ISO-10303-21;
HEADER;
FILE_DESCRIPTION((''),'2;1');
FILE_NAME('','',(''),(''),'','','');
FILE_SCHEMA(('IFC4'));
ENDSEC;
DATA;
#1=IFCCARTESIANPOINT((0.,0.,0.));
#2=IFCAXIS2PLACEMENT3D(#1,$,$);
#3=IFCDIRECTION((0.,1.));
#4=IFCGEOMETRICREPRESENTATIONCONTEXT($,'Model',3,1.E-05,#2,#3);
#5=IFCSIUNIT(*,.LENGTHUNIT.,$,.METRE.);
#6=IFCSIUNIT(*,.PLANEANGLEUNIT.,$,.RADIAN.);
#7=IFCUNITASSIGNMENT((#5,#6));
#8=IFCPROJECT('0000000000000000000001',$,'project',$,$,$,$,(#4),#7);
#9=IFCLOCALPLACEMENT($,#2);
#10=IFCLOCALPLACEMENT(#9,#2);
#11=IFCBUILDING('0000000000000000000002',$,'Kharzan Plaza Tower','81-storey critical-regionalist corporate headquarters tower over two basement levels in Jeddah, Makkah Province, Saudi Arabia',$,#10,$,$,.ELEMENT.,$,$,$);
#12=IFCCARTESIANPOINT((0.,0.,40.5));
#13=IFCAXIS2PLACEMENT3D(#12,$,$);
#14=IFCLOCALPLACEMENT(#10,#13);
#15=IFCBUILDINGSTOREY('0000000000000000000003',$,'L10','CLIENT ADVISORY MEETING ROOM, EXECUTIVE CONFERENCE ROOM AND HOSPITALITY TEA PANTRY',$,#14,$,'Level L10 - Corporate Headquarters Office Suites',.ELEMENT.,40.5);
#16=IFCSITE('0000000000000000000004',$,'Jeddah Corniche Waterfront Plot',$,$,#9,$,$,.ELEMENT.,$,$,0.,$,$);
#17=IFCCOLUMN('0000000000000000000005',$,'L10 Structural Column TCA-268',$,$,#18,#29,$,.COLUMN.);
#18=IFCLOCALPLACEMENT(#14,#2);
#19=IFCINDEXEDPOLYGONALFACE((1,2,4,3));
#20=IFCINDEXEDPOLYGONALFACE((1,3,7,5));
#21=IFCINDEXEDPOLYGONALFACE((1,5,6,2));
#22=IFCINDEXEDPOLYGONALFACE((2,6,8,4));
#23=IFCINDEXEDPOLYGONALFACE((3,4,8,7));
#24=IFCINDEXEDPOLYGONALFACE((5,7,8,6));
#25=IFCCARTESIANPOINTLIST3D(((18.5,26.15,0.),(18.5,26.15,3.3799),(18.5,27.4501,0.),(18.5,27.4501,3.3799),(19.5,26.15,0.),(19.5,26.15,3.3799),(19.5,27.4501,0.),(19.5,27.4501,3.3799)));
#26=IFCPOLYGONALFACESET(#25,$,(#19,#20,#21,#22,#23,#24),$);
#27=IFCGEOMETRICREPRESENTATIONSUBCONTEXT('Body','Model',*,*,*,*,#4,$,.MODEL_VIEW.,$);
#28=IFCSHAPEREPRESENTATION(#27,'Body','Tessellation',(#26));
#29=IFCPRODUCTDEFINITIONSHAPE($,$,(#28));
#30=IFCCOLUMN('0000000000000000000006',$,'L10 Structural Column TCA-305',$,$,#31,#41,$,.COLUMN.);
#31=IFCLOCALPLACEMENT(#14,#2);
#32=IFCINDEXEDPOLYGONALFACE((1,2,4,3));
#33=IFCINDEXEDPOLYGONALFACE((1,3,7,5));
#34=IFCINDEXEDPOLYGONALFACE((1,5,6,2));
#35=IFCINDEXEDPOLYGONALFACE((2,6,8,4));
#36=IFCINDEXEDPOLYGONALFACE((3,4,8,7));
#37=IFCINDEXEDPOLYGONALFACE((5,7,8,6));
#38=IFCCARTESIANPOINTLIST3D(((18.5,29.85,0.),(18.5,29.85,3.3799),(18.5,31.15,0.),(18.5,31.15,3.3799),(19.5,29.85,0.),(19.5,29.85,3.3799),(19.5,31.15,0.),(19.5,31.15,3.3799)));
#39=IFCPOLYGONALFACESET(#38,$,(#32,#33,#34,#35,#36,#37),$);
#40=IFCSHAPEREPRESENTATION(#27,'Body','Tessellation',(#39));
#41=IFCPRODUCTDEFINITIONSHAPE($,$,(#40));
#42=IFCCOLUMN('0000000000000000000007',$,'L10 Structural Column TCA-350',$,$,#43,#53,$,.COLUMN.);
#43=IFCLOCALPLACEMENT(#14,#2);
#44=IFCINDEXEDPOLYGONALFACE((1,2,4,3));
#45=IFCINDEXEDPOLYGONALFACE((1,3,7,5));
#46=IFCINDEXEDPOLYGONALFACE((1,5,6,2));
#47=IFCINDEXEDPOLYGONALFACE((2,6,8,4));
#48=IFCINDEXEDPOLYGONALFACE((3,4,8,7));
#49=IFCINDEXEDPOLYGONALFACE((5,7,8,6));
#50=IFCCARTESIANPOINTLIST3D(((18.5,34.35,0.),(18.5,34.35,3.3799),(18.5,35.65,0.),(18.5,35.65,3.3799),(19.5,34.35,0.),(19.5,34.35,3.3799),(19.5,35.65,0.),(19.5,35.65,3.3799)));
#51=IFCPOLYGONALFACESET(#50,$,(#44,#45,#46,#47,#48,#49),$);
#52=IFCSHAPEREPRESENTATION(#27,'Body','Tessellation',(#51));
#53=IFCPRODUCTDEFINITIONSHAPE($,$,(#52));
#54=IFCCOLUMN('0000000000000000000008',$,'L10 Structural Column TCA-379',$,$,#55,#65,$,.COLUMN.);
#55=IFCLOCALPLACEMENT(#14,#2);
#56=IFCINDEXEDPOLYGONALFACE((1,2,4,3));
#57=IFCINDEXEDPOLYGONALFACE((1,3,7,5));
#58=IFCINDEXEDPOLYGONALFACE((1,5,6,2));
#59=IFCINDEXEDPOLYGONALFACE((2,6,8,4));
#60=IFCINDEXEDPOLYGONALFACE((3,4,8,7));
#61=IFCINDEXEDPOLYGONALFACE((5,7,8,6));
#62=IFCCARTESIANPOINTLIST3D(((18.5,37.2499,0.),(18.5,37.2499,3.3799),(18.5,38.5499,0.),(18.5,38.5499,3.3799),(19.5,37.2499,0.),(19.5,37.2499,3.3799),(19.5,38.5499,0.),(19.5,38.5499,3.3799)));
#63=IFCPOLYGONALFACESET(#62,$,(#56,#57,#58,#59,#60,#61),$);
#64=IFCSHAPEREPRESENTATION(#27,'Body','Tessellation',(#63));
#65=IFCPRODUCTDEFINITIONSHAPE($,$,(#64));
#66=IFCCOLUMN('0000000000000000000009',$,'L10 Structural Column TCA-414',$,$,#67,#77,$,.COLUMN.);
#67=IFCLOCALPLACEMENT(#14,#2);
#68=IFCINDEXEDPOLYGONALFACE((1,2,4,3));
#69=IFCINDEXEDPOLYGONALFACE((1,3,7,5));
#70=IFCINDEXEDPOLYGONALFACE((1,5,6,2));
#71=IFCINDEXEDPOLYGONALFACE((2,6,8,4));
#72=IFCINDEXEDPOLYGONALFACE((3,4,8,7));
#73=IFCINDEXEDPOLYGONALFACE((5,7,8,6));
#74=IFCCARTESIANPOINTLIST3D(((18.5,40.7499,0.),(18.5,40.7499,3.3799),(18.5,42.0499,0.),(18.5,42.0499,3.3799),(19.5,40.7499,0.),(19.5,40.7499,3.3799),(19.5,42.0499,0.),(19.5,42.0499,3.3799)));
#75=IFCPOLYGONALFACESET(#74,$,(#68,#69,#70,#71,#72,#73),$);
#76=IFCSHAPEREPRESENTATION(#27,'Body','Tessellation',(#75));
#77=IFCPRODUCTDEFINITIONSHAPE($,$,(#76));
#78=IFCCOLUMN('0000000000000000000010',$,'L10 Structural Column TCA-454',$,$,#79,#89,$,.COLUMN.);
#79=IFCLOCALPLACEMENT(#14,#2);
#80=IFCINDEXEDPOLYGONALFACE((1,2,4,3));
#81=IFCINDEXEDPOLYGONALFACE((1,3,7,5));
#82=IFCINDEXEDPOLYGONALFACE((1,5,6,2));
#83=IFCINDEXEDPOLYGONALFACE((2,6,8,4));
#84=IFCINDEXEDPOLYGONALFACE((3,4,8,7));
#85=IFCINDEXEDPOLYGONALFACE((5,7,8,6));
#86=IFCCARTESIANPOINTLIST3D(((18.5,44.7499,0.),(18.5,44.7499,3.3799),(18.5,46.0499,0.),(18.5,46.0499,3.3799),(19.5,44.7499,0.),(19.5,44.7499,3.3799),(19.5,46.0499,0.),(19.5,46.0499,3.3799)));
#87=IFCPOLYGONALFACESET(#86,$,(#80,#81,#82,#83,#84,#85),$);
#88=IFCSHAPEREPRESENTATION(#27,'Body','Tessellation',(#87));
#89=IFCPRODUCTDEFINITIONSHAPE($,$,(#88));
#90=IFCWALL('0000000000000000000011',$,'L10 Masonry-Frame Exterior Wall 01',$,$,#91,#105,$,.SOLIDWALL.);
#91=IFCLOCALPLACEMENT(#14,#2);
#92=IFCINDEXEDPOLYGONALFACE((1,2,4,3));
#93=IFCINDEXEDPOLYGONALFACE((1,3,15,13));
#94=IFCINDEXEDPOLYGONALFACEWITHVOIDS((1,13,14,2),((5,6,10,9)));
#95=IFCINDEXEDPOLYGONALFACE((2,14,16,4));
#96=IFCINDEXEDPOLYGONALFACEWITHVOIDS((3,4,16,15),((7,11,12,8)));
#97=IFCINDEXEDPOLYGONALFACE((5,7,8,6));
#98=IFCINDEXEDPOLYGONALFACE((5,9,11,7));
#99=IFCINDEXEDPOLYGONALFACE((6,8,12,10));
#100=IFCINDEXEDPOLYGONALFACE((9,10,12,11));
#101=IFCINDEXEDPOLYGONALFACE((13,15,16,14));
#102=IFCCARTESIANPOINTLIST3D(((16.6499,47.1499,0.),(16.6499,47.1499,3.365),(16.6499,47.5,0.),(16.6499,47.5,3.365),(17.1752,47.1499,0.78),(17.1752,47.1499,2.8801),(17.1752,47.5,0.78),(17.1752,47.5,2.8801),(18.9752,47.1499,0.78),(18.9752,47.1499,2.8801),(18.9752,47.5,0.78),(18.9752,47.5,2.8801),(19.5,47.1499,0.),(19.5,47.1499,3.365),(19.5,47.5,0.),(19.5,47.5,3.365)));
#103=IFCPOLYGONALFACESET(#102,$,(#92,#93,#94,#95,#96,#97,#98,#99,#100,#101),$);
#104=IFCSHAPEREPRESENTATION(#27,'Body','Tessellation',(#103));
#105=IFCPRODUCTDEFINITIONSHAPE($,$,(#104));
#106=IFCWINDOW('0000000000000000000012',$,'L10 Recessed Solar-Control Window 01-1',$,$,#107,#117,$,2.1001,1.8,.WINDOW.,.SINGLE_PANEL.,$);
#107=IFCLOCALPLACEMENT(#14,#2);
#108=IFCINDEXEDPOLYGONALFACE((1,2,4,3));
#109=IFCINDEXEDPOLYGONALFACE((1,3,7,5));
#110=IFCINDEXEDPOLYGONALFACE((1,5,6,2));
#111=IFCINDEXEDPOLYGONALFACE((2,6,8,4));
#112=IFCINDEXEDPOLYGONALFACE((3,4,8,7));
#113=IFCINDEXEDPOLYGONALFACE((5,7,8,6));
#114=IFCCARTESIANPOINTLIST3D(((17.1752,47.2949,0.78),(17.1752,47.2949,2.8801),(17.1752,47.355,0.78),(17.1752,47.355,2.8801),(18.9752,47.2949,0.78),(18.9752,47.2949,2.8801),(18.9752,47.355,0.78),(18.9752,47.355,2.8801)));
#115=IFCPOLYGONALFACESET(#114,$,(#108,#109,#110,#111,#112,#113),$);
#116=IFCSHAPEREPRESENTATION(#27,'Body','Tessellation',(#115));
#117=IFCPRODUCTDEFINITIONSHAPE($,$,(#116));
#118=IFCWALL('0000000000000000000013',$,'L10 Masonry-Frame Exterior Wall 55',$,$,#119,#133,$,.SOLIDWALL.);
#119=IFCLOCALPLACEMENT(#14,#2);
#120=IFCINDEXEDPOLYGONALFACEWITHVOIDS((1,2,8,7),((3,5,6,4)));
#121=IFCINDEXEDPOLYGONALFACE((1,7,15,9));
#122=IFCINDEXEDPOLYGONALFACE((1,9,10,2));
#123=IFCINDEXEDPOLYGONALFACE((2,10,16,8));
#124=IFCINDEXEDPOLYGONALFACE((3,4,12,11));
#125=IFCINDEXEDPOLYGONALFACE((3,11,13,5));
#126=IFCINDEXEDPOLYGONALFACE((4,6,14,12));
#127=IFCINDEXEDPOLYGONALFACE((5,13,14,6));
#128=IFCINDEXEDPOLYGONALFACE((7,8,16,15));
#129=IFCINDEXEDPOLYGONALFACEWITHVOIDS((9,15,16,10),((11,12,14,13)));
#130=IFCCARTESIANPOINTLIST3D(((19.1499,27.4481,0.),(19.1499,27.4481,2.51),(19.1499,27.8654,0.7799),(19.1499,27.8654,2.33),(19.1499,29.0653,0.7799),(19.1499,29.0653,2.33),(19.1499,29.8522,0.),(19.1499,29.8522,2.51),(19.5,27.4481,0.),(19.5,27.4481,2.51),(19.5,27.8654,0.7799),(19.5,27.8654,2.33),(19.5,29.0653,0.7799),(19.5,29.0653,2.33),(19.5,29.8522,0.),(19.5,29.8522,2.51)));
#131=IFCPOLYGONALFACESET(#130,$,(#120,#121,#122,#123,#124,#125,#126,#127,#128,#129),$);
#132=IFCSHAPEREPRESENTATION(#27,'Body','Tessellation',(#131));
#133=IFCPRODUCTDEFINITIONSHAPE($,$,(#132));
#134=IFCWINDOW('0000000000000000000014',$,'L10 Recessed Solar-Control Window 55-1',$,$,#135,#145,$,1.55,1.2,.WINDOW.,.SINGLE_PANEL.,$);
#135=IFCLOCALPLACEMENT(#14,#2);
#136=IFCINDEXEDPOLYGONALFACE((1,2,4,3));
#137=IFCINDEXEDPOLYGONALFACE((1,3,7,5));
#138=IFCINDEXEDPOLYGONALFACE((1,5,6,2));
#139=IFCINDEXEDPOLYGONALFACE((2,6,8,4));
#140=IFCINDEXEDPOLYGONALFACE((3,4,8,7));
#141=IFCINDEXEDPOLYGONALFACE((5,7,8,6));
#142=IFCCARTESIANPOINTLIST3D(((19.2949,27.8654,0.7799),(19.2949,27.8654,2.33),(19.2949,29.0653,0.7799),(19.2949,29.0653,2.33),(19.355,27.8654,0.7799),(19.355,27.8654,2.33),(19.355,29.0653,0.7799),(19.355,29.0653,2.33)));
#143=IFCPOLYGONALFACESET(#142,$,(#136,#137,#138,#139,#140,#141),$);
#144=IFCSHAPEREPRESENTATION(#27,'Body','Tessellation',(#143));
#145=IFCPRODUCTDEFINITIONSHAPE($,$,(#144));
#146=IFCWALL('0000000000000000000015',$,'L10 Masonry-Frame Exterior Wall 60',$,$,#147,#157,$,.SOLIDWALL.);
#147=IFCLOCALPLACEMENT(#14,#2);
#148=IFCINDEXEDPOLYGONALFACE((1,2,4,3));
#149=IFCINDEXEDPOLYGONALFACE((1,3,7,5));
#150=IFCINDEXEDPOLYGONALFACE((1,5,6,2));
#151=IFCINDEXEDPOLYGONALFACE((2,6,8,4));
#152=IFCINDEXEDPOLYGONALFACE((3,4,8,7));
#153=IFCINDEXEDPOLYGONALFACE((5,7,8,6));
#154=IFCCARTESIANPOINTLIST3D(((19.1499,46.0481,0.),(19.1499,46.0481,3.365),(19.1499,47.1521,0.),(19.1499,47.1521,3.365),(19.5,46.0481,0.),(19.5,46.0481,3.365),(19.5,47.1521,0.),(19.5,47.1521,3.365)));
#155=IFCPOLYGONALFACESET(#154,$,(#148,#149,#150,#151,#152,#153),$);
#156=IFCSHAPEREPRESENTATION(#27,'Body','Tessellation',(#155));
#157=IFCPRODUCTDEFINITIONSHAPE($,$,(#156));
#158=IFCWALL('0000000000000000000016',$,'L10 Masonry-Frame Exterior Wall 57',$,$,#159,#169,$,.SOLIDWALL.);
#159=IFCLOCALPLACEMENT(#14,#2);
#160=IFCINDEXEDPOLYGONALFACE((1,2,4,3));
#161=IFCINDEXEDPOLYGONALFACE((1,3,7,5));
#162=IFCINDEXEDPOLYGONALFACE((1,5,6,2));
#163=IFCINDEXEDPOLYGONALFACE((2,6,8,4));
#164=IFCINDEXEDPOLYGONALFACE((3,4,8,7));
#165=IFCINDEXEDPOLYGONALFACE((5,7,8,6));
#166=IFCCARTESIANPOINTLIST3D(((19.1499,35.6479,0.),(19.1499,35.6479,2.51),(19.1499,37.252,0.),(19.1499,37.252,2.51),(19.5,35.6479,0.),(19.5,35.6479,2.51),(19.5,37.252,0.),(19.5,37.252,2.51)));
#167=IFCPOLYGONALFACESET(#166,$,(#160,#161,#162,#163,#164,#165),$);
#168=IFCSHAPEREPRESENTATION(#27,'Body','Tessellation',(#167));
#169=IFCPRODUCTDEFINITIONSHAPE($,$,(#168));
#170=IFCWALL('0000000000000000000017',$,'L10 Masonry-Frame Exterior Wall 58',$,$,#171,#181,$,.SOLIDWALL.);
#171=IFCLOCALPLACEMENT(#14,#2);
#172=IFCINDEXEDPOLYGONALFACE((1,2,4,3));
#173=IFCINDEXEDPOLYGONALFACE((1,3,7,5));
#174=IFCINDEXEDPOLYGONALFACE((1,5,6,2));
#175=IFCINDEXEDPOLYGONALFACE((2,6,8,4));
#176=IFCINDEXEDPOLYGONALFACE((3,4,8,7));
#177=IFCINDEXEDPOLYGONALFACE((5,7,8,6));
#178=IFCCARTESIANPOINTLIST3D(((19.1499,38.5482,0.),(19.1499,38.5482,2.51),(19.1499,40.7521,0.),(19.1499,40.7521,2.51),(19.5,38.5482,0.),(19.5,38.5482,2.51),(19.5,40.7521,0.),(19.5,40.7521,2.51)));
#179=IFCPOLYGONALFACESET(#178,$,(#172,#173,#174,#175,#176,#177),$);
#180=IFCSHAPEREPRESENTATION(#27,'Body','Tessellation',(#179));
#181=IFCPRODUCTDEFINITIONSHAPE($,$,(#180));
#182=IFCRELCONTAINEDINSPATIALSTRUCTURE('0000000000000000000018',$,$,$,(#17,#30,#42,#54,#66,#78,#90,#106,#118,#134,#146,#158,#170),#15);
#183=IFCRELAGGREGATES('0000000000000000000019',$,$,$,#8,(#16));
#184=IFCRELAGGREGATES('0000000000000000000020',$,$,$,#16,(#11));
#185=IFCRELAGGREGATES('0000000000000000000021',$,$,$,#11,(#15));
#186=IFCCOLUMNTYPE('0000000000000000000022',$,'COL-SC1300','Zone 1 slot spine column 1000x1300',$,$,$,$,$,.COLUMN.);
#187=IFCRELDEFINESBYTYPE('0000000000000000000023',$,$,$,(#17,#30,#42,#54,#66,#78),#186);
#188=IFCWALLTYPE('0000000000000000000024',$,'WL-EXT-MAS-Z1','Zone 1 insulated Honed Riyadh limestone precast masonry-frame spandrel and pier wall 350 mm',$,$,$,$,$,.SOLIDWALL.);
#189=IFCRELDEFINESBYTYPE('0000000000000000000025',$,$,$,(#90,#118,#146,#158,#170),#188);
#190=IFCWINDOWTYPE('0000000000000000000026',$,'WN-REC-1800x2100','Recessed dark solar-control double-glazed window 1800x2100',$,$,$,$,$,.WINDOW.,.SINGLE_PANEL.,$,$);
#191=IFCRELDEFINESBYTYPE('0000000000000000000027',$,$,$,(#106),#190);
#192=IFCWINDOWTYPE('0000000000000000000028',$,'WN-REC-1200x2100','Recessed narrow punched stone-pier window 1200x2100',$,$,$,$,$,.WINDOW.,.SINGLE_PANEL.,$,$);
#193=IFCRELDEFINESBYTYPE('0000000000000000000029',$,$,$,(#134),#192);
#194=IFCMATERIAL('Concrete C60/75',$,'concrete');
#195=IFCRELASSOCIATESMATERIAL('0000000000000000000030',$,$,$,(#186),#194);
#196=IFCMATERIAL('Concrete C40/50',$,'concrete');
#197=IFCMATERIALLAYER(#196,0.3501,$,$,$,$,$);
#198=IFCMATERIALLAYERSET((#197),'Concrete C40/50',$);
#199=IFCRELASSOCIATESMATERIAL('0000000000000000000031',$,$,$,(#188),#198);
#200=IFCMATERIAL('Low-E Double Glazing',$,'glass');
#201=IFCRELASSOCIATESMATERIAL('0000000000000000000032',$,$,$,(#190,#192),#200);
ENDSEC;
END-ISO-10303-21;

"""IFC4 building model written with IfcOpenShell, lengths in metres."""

from ifc_helpers import new_model, si_unit, direction, frame, frame_2d, origin, origin_2d, place, context, subcontext, project, spatial, rectangle, extrude, source, transform, mapped, material, layer, layer_set, material_profile, profile_set, type_object, element, fill, save


model = new_model("IFC4")

# Units and contexts
model_context = context("Model", 3, precision=1e-05, world=origin(), true_north=direction((0.0, 1.0)))
body_context = subcontext(model_context, "Body", "Model", "MODEL_VIEW")
ifc_project = project(units=[si_unit("LENGTHUNIT", "METRE"), si_unit("PLANEANGLEUNIT", "RADIAN")], contexts=[model_context])

# Site, building, storey
site_placement = place(None, origin())
site = spatial("IfcSite", under=ifc_project, at=site_placement, Name="Jeddah Corniche Waterfront Plot", CompositionType="ELEMENT", RefElevation=0.0)
building_placement = place(site_placement, origin())
building = spatial("IfcBuilding", under=site, at=building_placement, Name="Kharzan Plaza Tower", Description="81-storey critical-regionalist corporate headquarters tower over two basement levels in Jeddah, Makkah Province, Saudi Arabia", CompositionType="ELEMENT")
storey_placement = place(building_placement, frame((0.0, 0.0, 40.5)))
storey = spatial("IfcBuildingStorey", under=building, at=storey_placement, Name="L10", Description="CLIENT ADVISORY MEETING ROOM, EXECUTIVE CONFERENCE ROOM AND HOSPITALITY TEA PANTRY", LongName="Level L10 - Corporate Headquarters Office Suites", CompositionType="ELEMENT", Elevation=40.5)

# Columns
ifc_material_1 = material(Name="Concrete C60/75", Category="concrete")
ifc_material_profile = material_profile(ifc_material_1, rectangle(XDim=1.0, YDim=1.3, at=origin_2d()), Name="RC-SC1300x1000")
ifc_profile_set = profile_set([ifc_material_profile], Name="Concrete C60/75")
column_type = type_object("IfcColumnType", Name="COL-SC1300", Description="Zone 1 slot spine column 1000x1300", PredefinedType="COLUMN", material=ifc_profile_set)
shared_shape_1 = source(origin(), body_context, "Body", "SweptSolid", [
    extrude(rectangle(XDim=1.0, YDim=1.3, at=origin_2d()), origin(), (0.0, 0.0, 1.0), 3.3799),
])
for number, where, z_axis, x_axis, name in (
    (1, (19.0, 26.8, 0.0), (0.0, 0.0, 1.0), (1.0, 0.0, 0.0), "L10 Structural Column TCA-268"),
    (2, (19.0, 30.5, 0.0), (0.0, 0.0, 1.0), (1.0, 0.0, 0.0), "L10 Structural Column TCA-305"),
    (3, (19.0, 35.0, 0.0), (0.0, 0.0, 1.0), (1.0, 0.0, 0.0), "L10 Structural Column TCA-350"),
    (4, (19.0, 37.8999, 0.0), (0.0, 0.0, 1.0), (1.0, 0.0, 0.0), "L10 Structural Column TCA-379"),
    (5, (19.0, 41.3999, 0.0), (0.0, 0.0, 1.0), (1.0, 0.0, 0.0), "L10 Structural Column TCA-414"),
    (6, (19.0, 45.3999, 0.0), (0.0, 0.0, 1.0), (1.0, 0.0, 0.0), "L10 Structural Column TCA-454"),
):
    element("IfcColumn", number, at=place(storey_placement, frame(where, z_axis=z_axis, x_axis=x_axis)), inside=storey, type_object=column_type, Name=name, PredefinedType="COLUMN", context=body_context, shape_type="MappedRepresentation", body=[
        mapped(shared_shape_1, transform((0.0, 0.0, 0.0), x_axis=(1.0, 0.0, 0.0), y_axis=(0.0, 1.0, 0.0), z_axis=(0.0, 0.0, 1.0))),
    ])

# Walls, openings, windows
ifc_material_2 = material(Name="Concrete C40/50", Category="concrete")
ifc_layer_1 = layer(ifc_material_2, 0.3501)
ifc_layer_set_1 = layer_set([ifc_layer_1], Name="Concrete C40/50")
wall_type = type_object("IfcWallType", Name="WL-EXT-MAS-Z1", Description="Zone 1 insulated Honed Riyadh limestone precast masonry-frame spandrel and pier wall 350 mm", PredefinedType="SOLIDWALL", material=ifc_layer_set_1)
wall_1_placement = place(storey_placement, frame((19.5, 47.325, 0.0), z_axis=(0.0, 0.0, 1.0), x_axis=(-1.0, 0.0, 0.0)))
wall_1 = element("IfcWall", 7, at=wall_1_placement, inside=storey, type_object=wall_type, Name="L10 Masonry-Frame Exterior Wall 01", PredefinedType="SOLIDWALL", context=body_context, shape_type="SweptSolid", body=[
    extrude(rectangle(XDim=2.8501, YDim=0.3501, at=frame_2d((1.425, 0.0))), origin(), (0.0, 0.0, 1.0), 3.365),
])
opening_1_placement = place(wall_1_placement, frame((0.5249, 0.0, 0.78)))
opening_1 = element("IfcOpeningElement", 8, at=opening_1_placement, cuts=wall_1, PredefinedType="OPENING", context=body_context, shape_type="SweptSolid", body=[
    extrude(rectangle(XDim=1.8, YDim=2.1001, at=frame_2d((0.8999, 1.05))), frame((0.0, 0.1851, 0.0), z_axis=(0.0, -1.0, 0.0), x_axis=(1.0, 0.0, 0.0)), (0.0, 0.0, 1.0), 0.3701),
])
ifc_material_3 = material(Name="Low-E Double Glazing", Category="glass")
window_type_1 = type_object("IfcWindowType", Name="WN-REC-1800x2100", Description="Recessed dark solar-control double-glazed window 1800x2100", PartitioningType="SINGLE_PANEL", PredefinedType="WINDOW", material=ifc_material_3)
shared_shape_2 = source(origin(), body_context, "Body", "SweptSolid", [
    extrude(rectangle(XDim=1.8, YDim=2.1001, at=frame_2d((0.8999, 1.05))), frame((0.0, 0.03, 0.0), z_axis=(0.0, -1.0, 0.0), x_axis=(1.0, 0.0, 0.0)), (0.0, 0.0, 1.0), 0.0601),
])
window_1_placement = place(opening_1_placement, origin())
window_1 = element("IfcWindow", 9, at=window_1_placement, inside=storey, type_object=window_type_1, Name="L10 Recessed Solar-Control Window 01-1", OverallHeight=2.1001, OverallWidth=1.8, PartitioningType="SINGLE_PANEL", PredefinedType="WINDOW", context=body_context, shape_type="MappedRepresentation", body=[
    mapped(shared_shape_2, transform((0.0, 0.0, 0.0), x_axis=(1.0, 0.0, 0.0), y_axis=(0.0, 1.0, 0.0), z_axis=(0.0, 0.0, 1.0))),
])
fill(opening_1, window_1)
wall_2_placement = place(storey_placement, frame((19.325, 27.448, 0.0), z_axis=(0.0, 0.0, 1.0), x_axis=(0.0, 1.0, 0.0)))
wall_2 = element("IfcWall", 10, at=wall_2_placement, inside=storey, type_object=wall_type, Name="L10 Masonry-Frame Exterior Wall 55", PredefinedType="SOLIDWALL", context=body_context, shape_type="SweptSolid", body=[
    extrude(rectangle(XDim=2.4041, YDim=0.3501, at=frame_2d((1.2021, 0.0))), origin(), (0.0, 0.0, 1.0), 2.51),
])
opening_2_placement = place(wall_2_placement, frame((0.4172, 0.0, 0.78)))
opening_2 = element("IfcOpeningElement", 11, at=opening_2_placement, cuts=wall_2, PredefinedType="OPENING", context=body_context, shape_type="SweptSolid", body=[
    extrude(rectangle(XDim=1.2, YDim=1.55, at=frame_2d((0.6001, 0.7749))), frame((0.0, 0.1851, 0.0), z_axis=(0.0, -1.0, 0.0), x_axis=(1.0, 0.0, 0.0)), (0.0, 0.0, 1.0), 0.3701),
])
window_type_2 = type_object("IfcWindowType", Name="WN-REC-1200x2100", Description="Recessed narrow punched stone-pier window 1200x2100", PartitioningType="SINGLE_PANEL", PredefinedType="WINDOW", material=ifc_material_3)
shared_shape_3 = source(origin(), body_context, "Body", "SweptSolid", [
    extrude(rectangle(XDim=1.2, YDim=1.55, at=frame_2d((0.6001, 0.7749))), frame((0.0, 0.03, 0.0), z_axis=(0.0, -1.0, 0.0), x_axis=(1.0, 0.0, 0.0)), (0.0, 0.0, 1.0), 0.0601),
])
window_2_placement = place(opening_2_placement, origin())
window_2 = element("IfcWindow", 12, at=window_2_placement, inside=storey, type_object=window_type_2, Name="L10 Recessed Solar-Control Window 55-1", OverallHeight=1.55, OverallWidth=1.2, PartitioningType="SINGLE_PANEL", PredefinedType="WINDOW", context=body_context, shape_type="MappedRepresentation", body=[
    mapped(shared_shape_3, transform((0.0, 0.0, 0.0), x_axis=(1.0, 0.0, 0.0), y_axis=(0.0, 1.0, 0.0), z_axis=(0.0, 0.0, 1.0))),
])
fill(opening_2, window_2)

# Walls
shared_shape_4 = source(origin(), body_context, "Body", "SweptSolid", [
    extrude(rectangle(XDim=1.104, YDim=0.3501, at=frame_2d((0.552, 0.0))), origin(), (0.0, 0.0, 1.0), 3.365),
])
wall_3_placement = place(storey_placement, frame((19.325, 46.0481, 0.0), z_axis=(0.0, 0.0, 1.0), x_axis=(0.0, 1.0, 0.0)))
element("IfcWall", 13, at=wall_3_placement, inside=storey, type_object=wall_type, Name="L10 Masonry-Frame Exterior Wall 60", PredefinedType="SOLIDWALL", context=body_context, shape_type="MappedRepresentation", body=[
    mapped(shared_shape_4, transform((0.0, 0.0, 0.0), x_axis=(1.0, 0.0, 0.0), y_axis=(0.0, 1.0, 0.0), z_axis=(0.0, 0.0, 1.0))),
])
shared_shape_5 = source(origin(), body_context, "Body", "SweptSolid", [
    extrude(rectangle(XDim=1.604, YDim=0.3501, at=frame_2d((0.802, 0.0))), origin(), (0.0, 0.0, 1.0), 2.51),
])
wall_4_placement = place(storey_placement, frame((19.325, 35.6479, 0.0), z_axis=(0.0, 0.0, 1.0), x_axis=(0.0, 1.0, 0.0)))
element("IfcWall", 14, at=wall_4_placement, inside=storey, type_object=wall_type, Name="L10 Masonry-Frame Exterior Wall 57", PredefinedType="SOLIDWALL", context=body_context, shape_type="MappedRepresentation", body=[
    mapped(shared_shape_5, transform((0.0, 0.0, 0.0), x_axis=(1.0, 0.0, 0.0), y_axis=(0.0, 1.0, 0.0), z_axis=(0.0, 0.0, 1.0))),
])
shared_shape_6 = source(origin(), body_context, "Body", "SweptSolid", [
    extrude(rectangle(XDim=2.2039, YDim=0.3501, at=frame_2d((1.1021, 0.0))), origin(), (0.0, 0.0, 1.0), 2.51),
])
wall_5_placement = place(storey_placement, frame((19.325, 38.5481, 0.0), z_axis=(0.0, 0.0, 1.0), x_axis=(0.0, 1.0, 0.0)))
element("IfcWall", 15, at=wall_5_placement, inside=storey, type_object=wall_type, Name="L10 Masonry-Frame Exterior Wall 58", PredefinedType="SOLIDWALL", context=body_context, shape_type="MappedRepresentation", body=[
    mapped(shared_shape_6, transform((0.0, 0.0, 0.0), x_axis=(1.0, 0.0, 0.0), y_axis=(0.0, 1.0, 0.0), z_axis=(0.0, 0.0, 1.0))),
])

save(model, "model.ifc")
